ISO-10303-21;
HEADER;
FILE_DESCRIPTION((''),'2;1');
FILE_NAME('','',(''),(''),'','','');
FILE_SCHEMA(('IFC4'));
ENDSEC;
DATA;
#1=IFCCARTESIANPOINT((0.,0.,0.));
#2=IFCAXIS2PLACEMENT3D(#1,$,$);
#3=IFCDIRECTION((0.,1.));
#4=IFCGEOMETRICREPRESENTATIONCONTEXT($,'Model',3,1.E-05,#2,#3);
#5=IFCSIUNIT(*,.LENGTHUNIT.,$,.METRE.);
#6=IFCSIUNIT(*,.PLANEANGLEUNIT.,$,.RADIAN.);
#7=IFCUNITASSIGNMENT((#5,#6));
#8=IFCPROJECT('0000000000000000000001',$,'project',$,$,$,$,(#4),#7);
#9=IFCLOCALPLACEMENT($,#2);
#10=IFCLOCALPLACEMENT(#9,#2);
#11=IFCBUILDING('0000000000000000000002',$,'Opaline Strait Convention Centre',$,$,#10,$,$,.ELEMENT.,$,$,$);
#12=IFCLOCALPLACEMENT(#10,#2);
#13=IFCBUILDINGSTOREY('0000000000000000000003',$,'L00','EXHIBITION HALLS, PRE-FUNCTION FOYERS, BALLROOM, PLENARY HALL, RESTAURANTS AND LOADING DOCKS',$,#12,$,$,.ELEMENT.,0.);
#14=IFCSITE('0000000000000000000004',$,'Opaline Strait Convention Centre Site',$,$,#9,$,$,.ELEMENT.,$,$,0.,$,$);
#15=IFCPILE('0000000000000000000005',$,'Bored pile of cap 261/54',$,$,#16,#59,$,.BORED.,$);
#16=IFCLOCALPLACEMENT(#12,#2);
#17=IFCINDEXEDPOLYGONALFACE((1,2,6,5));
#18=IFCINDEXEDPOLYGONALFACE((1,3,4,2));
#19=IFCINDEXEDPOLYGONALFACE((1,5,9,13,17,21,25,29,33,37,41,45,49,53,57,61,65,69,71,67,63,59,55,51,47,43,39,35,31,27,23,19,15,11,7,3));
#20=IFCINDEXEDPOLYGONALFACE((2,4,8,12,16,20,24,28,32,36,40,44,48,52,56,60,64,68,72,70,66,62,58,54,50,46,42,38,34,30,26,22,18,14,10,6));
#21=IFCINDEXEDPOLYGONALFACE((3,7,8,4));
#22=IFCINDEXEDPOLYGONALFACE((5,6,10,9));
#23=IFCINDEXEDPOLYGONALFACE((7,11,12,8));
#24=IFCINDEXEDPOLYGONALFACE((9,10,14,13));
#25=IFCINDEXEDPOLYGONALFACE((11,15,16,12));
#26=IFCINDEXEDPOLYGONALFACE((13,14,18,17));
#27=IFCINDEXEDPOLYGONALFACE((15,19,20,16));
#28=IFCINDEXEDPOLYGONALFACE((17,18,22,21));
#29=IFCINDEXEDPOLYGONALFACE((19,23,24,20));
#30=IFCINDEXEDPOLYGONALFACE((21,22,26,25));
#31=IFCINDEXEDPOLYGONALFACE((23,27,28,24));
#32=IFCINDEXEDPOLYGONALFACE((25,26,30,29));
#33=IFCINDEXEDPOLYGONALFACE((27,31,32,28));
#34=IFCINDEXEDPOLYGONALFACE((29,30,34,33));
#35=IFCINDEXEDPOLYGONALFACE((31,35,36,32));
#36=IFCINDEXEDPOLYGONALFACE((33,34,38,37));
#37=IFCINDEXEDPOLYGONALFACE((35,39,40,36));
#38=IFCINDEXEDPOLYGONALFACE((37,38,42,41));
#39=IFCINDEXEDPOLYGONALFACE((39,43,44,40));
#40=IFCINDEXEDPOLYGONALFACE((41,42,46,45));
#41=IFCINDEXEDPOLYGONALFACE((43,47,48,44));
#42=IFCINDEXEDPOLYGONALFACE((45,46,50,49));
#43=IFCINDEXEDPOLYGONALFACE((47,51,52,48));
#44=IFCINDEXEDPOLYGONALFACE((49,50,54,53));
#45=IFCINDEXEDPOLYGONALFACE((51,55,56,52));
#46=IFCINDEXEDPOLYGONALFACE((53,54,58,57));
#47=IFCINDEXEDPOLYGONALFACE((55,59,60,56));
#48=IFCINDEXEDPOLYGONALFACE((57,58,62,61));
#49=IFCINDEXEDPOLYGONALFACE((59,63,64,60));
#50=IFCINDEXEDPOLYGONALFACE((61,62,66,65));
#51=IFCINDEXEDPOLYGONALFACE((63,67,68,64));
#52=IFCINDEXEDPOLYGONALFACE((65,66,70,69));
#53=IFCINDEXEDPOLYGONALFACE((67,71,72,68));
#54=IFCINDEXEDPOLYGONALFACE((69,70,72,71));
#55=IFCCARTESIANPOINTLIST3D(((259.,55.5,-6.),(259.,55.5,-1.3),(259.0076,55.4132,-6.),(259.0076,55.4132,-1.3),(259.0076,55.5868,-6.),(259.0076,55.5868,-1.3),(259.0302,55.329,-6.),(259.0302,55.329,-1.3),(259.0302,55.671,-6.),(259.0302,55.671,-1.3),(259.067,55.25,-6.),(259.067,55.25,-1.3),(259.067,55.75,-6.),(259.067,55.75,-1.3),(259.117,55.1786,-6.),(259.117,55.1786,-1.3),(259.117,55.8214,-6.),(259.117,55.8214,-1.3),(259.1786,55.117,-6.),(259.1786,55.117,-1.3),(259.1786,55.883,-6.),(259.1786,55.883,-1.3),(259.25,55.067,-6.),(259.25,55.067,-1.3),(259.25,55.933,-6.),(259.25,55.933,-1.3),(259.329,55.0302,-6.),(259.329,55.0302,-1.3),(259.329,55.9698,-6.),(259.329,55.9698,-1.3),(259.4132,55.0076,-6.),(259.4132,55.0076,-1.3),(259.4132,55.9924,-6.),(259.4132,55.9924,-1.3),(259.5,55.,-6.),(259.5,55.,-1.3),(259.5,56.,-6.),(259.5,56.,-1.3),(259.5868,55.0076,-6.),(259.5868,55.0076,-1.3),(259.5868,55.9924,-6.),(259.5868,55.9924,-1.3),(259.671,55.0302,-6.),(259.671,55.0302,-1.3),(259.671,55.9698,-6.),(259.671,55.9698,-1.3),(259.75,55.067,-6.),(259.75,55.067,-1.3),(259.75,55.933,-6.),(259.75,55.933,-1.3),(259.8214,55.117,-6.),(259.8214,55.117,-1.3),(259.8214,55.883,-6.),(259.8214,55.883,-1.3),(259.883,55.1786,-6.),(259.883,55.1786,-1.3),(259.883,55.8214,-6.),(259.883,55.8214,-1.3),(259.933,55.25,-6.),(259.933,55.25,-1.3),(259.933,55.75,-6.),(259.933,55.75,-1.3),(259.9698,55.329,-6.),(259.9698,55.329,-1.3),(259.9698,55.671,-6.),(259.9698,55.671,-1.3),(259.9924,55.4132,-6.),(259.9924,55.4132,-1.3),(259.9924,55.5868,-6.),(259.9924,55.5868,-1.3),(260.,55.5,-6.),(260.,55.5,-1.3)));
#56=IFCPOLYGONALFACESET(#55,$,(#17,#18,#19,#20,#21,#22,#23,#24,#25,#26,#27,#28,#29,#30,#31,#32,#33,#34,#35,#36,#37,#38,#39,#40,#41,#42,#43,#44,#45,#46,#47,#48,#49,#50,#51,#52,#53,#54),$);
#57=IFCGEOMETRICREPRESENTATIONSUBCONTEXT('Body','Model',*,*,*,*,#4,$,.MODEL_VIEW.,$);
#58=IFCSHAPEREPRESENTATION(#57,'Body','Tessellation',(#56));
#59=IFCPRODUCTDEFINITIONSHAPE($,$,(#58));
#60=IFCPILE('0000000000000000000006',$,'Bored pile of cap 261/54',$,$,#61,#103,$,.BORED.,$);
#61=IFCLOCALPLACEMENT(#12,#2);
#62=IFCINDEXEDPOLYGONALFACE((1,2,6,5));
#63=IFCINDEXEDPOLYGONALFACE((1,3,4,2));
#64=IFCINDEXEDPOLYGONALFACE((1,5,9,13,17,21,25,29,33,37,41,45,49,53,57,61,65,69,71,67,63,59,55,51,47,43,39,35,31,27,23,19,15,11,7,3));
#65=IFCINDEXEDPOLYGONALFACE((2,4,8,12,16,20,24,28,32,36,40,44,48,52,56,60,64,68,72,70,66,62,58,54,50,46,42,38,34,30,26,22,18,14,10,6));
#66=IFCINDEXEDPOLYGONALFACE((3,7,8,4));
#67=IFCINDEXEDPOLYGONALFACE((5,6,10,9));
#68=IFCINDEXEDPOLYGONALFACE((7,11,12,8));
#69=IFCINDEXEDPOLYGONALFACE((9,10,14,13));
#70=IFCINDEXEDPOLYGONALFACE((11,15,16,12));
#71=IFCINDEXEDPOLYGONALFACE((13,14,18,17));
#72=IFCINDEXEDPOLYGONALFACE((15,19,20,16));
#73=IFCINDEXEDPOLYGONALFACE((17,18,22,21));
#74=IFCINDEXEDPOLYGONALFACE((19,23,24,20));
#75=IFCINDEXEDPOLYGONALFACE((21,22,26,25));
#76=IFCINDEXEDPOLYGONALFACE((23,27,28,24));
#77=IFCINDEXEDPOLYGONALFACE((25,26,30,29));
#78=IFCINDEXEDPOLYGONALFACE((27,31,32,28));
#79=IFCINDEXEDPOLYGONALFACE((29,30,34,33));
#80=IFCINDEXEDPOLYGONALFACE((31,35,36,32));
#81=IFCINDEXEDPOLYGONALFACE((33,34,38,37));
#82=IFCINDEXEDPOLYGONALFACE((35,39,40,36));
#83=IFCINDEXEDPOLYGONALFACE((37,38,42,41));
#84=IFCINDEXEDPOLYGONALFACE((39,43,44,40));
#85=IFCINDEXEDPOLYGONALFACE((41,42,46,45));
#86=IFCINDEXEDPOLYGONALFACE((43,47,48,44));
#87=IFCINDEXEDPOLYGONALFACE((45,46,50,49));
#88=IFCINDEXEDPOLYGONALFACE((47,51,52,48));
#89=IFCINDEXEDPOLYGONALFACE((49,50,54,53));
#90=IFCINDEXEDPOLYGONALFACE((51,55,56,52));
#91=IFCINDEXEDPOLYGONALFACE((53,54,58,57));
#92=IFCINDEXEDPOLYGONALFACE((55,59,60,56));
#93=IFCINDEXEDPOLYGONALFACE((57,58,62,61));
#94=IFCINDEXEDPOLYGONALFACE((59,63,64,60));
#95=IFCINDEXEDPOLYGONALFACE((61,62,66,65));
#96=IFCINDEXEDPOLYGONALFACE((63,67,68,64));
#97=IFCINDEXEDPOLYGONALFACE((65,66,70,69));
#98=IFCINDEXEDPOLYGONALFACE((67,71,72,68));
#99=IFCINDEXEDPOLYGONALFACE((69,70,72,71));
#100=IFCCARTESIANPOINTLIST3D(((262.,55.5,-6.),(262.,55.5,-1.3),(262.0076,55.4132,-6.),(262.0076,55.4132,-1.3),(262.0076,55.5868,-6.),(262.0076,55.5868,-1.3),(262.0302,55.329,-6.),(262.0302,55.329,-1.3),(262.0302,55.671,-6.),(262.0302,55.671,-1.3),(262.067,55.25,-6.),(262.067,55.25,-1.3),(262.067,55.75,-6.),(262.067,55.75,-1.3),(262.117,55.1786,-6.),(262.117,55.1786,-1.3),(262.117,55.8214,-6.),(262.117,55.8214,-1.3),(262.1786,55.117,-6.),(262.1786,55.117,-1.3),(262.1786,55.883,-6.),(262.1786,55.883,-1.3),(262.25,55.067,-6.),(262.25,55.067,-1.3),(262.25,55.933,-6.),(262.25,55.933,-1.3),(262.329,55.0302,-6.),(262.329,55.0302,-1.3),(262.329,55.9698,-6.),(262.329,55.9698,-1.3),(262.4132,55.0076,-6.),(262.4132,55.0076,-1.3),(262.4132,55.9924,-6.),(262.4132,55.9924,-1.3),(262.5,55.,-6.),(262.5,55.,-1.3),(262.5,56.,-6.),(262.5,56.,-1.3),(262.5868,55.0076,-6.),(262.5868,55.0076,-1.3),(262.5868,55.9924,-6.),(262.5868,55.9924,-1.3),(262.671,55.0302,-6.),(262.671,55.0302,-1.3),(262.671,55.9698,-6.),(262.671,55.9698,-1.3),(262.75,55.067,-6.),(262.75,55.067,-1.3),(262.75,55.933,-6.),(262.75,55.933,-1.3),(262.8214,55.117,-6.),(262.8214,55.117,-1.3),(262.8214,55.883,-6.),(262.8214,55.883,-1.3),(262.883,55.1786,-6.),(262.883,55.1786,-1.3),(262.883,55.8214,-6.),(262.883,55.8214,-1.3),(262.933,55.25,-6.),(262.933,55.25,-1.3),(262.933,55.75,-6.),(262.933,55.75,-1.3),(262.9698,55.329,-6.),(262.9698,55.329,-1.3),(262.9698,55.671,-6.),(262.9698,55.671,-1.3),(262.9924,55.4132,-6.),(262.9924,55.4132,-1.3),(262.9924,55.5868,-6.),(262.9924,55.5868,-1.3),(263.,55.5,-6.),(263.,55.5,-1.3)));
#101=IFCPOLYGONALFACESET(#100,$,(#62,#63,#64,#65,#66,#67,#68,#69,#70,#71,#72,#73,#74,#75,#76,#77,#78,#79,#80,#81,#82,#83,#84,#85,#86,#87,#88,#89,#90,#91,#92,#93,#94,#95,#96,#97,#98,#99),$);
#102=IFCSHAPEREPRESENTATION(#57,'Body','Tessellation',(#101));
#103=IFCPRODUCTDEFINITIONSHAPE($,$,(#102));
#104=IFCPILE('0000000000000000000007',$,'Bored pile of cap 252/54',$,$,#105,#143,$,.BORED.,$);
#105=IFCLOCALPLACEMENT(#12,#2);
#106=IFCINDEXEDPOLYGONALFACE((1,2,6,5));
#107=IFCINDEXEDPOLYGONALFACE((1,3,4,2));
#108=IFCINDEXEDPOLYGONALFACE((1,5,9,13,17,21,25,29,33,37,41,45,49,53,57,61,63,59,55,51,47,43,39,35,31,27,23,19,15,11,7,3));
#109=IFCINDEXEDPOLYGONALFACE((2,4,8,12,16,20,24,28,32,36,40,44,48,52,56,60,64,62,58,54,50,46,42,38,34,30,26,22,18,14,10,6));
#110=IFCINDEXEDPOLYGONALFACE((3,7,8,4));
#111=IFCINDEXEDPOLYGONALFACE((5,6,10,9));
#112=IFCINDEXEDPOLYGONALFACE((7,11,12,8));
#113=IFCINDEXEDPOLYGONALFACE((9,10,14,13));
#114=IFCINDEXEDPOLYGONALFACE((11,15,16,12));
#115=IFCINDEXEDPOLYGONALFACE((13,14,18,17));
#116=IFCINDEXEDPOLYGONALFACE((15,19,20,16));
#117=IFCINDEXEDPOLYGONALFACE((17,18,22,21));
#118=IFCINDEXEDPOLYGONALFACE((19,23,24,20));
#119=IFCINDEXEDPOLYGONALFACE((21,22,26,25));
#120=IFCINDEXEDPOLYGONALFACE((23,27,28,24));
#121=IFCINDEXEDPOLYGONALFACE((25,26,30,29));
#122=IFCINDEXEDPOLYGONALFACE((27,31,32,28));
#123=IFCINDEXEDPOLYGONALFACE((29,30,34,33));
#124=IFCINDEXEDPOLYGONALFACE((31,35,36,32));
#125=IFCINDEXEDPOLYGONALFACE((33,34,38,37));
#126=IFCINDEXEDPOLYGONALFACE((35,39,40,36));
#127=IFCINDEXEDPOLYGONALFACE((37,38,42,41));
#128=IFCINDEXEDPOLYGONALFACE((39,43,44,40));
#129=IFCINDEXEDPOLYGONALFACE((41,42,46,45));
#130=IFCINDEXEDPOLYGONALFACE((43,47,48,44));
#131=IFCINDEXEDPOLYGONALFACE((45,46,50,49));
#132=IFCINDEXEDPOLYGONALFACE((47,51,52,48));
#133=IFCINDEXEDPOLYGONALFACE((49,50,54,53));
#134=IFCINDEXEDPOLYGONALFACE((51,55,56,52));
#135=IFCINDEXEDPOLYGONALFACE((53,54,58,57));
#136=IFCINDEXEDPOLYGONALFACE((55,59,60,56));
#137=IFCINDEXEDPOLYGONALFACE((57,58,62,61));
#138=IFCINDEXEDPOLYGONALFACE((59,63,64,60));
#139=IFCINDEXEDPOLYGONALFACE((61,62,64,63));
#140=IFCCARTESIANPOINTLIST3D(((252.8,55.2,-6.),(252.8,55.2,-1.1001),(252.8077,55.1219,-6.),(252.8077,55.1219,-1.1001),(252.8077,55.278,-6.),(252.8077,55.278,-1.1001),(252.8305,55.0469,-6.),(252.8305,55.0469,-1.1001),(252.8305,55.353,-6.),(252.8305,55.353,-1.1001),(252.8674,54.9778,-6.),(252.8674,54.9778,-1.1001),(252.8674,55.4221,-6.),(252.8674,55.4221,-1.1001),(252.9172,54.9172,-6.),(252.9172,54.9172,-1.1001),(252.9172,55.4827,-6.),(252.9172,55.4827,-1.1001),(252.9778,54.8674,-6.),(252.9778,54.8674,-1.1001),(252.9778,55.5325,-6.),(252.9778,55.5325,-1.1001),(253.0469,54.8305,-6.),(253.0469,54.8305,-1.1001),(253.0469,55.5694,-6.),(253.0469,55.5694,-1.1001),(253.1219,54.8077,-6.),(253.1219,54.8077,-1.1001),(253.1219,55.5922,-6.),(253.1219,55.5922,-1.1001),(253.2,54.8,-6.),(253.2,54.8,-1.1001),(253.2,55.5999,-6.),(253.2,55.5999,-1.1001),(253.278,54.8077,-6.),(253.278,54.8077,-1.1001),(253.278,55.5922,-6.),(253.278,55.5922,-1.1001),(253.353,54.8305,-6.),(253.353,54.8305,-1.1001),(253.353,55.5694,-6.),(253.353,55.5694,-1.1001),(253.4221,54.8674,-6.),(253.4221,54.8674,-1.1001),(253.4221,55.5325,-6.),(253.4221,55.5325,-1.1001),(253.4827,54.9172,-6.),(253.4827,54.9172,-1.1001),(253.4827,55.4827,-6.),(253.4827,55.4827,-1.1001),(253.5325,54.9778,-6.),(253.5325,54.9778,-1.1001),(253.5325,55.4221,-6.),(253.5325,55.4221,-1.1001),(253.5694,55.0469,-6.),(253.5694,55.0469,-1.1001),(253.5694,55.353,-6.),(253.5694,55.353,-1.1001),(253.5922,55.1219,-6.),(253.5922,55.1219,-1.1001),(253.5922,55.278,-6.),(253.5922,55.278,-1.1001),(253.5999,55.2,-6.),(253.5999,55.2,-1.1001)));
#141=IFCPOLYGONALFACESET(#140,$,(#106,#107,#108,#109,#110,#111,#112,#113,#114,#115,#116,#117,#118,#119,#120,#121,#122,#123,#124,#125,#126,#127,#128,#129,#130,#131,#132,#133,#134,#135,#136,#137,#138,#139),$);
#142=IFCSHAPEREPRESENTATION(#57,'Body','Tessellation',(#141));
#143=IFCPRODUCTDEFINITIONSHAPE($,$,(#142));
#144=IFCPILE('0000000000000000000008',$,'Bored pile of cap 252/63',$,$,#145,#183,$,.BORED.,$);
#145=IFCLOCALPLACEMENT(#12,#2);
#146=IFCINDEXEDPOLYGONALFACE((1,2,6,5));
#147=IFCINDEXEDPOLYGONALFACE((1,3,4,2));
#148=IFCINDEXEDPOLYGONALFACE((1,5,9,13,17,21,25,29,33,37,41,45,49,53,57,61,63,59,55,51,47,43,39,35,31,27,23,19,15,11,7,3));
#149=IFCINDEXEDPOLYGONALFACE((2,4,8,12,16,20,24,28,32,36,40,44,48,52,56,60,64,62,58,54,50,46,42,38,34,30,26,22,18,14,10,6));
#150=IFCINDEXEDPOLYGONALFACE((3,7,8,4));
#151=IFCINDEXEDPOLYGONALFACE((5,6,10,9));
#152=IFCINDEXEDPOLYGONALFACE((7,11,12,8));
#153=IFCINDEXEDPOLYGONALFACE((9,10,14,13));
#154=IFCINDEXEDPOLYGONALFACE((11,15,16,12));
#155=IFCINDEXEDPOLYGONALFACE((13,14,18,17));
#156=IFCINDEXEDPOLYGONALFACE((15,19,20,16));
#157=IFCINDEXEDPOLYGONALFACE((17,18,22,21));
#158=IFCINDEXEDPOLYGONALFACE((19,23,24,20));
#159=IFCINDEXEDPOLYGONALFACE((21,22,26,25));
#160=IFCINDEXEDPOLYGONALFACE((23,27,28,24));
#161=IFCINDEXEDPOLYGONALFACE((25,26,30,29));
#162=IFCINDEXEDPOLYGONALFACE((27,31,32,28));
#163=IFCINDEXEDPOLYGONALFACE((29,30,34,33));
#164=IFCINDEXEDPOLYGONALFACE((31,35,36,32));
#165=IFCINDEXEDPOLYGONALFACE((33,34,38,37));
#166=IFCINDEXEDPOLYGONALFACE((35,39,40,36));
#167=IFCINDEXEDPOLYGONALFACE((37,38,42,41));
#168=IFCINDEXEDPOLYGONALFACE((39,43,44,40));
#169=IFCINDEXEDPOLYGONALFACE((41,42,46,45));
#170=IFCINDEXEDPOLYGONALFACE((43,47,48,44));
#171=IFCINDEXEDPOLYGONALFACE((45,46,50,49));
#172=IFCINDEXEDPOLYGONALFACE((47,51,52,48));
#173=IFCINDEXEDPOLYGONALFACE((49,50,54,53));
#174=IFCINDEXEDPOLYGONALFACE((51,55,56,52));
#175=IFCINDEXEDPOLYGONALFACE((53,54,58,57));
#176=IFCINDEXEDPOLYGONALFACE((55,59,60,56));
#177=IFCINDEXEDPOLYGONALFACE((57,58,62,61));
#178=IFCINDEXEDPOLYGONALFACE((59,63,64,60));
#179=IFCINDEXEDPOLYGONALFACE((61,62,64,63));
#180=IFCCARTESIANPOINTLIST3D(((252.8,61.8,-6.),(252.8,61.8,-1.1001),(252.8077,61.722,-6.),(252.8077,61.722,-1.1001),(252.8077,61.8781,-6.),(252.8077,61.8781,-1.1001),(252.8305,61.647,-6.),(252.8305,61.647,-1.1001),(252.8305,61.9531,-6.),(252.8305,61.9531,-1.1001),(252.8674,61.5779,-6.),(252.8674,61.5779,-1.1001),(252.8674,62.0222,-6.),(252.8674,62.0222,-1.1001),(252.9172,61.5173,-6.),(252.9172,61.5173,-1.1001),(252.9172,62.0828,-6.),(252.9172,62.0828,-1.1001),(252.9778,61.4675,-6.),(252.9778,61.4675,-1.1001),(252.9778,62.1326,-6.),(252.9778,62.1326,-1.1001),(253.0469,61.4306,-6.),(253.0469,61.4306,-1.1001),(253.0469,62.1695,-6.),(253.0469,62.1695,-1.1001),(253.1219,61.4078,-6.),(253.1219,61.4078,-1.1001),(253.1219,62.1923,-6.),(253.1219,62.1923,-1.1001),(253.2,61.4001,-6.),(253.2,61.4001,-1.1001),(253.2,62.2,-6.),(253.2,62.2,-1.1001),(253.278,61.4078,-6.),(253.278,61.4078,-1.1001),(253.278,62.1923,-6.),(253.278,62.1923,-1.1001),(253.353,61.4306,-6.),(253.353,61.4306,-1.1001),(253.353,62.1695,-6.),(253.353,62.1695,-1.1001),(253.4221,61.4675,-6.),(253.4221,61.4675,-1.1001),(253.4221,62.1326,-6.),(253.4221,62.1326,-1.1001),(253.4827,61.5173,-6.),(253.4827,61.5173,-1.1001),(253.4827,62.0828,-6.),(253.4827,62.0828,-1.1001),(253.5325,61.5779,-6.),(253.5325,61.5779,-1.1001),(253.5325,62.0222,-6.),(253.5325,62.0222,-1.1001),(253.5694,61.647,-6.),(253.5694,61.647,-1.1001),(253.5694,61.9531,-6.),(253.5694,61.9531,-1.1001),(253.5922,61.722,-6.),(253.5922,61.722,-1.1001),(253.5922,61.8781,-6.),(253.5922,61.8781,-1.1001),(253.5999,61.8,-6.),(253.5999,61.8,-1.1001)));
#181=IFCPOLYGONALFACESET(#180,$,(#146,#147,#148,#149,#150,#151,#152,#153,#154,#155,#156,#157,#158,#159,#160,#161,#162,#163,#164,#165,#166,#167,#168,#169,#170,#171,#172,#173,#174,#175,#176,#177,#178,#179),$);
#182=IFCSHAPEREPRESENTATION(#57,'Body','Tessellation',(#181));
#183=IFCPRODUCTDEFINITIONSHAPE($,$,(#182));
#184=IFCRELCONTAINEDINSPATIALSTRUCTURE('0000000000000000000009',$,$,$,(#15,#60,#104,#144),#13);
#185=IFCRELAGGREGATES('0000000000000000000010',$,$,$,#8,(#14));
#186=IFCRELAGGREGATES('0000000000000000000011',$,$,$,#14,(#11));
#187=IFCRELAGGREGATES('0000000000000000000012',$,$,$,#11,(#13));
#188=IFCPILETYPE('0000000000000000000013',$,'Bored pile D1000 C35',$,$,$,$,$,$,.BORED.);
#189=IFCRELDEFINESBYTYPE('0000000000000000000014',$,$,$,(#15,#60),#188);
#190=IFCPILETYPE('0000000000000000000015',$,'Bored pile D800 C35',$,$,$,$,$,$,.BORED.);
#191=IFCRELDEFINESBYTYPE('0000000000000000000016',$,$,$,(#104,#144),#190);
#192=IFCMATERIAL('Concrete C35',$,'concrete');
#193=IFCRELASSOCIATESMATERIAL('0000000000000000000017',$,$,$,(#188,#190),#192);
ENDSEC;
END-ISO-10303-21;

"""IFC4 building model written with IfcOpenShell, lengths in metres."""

from ifc_helpers import new_model, si_unit, direction, frame, origin, origin_2d, place, context, subcontext, project, spatial, circle, extrude, material, material_profile, profile_set, type_object, element, save


model = new_model("IFC4")

# Units and contexts
model_context = context("Model", 3, precision=1e-05, world=origin(), true_north=direction((0.0, 1.0)))
body_context = subcontext(model_context, "Body", "Model", "MODEL_VIEW")
ifc_project = project(units=[si_unit("LENGTHUNIT", "METRE"), si_unit("PLANEANGLEUNIT", "RADIAN")], contexts=[model_context])

# Site, building, storey
site_placement = place(None, origin())
site = spatial("IfcSite", under=ifc_project, at=site_placement, Name="Opaline Strait Convention Centre Site", CompositionType="ELEMENT", RefElevation=0.0)
building_placement = place(site_placement, origin())
building = spatial("IfcBuilding", under=site, at=building_placement, Name="Opaline Strait Convention Centre", CompositionType="ELEMENT")
storey_placement = place(building_placement, origin())
storey = spatial("IfcBuildingStorey", under=building, at=storey_placement, Name="L00", Description="EXHIBITION HALLS, PRE-FUNCTION FOYERS, BALLROOM, PLENARY HALL, RESTAURANTS AND LOADING DOCKS", CompositionType="ELEMENT", Elevation=0.0)

# Piles
ifc_material_1 = material(Name="Concrete C35", Category="concrete")
ifc_material_profile_1 = material_profile(ifc_material_1, circle(Radius=0.5, at=origin_2d()), Name="D1000")
ifc_profile_set_1 = profile_set([ifc_material_profile_1], Name="Concrete C35")
pile_type_1 = type_object("IfcPileType", Name="Bored pile D1000 C35", PredefinedType="BORED", material=ifc_profile_set_1)
for number, where, z_axis, x_axis, name in (
    (1, (259.5, 55.5, -1.3), (0.0, 0.0, -1.0), (1.0, 0.0, 0.0), "Bored pile of cap 261/54"),
    (2, (262.5, 55.5, -1.3), (0.0, 0.0, -1.0), (1.0, 0.0, 0.0), "Bored pile of cap 261/54"),
):
    element("IfcPile", number, at=place(storey_placement, frame(where, z_axis=z_axis, x_axis=x_axis)), inside=storey, type_object=pile_type_1, Name=name, PredefinedType="BORED", context=body_context, shape_type="SweptSolid", body=[
        extrude(circle(Radius=0.5, at=origin_2d()), origin(), (0.0, 0.0, 1.0), 4.7),
    ])
ifc_material_profile_2 = material_profile(ifc_material_1, circle(Radius=0.3999, at=origin_2d()), Name="D800")
ifc_profile_set_2 = profile_set([ifc_material_profile_2], Name="Concrete C35")
pile_type_2 = type_object("IfcPileType", Name="Bored pile D800 C35", PredefinedType="BORED", material=ifc_profile_set_2)
for number, where, z_axis, x_axis, name in (
    (3, (253.2, 55.2, -1.1001), (0.0, 0.0, -1.0), (1.0, 0.0, 0.0), "Bored pile of cap 252/54"),
    (4, (253.2, 61.8, -1.1001), (0.0, 0.0, -1.0), (1.0, 0.0, 0.0), "Bored pile of cap 252/63"),
):
    element("IfcPile", number, at=place(storey_placement, frame(where, z_axis=z_axis, x_axis=x_axis)), inside=storey, type_object=pile_type_2, Name=name, PredefinedType="BORED", context=body_context, shape_type="SweptSolid", body=[
        extrude(circle(Radius=0.3999, at=origin_2d()), origin(), (0.0, 0.0, 1.0), 4.8999),
    ])

save(model, "model.ifc")
